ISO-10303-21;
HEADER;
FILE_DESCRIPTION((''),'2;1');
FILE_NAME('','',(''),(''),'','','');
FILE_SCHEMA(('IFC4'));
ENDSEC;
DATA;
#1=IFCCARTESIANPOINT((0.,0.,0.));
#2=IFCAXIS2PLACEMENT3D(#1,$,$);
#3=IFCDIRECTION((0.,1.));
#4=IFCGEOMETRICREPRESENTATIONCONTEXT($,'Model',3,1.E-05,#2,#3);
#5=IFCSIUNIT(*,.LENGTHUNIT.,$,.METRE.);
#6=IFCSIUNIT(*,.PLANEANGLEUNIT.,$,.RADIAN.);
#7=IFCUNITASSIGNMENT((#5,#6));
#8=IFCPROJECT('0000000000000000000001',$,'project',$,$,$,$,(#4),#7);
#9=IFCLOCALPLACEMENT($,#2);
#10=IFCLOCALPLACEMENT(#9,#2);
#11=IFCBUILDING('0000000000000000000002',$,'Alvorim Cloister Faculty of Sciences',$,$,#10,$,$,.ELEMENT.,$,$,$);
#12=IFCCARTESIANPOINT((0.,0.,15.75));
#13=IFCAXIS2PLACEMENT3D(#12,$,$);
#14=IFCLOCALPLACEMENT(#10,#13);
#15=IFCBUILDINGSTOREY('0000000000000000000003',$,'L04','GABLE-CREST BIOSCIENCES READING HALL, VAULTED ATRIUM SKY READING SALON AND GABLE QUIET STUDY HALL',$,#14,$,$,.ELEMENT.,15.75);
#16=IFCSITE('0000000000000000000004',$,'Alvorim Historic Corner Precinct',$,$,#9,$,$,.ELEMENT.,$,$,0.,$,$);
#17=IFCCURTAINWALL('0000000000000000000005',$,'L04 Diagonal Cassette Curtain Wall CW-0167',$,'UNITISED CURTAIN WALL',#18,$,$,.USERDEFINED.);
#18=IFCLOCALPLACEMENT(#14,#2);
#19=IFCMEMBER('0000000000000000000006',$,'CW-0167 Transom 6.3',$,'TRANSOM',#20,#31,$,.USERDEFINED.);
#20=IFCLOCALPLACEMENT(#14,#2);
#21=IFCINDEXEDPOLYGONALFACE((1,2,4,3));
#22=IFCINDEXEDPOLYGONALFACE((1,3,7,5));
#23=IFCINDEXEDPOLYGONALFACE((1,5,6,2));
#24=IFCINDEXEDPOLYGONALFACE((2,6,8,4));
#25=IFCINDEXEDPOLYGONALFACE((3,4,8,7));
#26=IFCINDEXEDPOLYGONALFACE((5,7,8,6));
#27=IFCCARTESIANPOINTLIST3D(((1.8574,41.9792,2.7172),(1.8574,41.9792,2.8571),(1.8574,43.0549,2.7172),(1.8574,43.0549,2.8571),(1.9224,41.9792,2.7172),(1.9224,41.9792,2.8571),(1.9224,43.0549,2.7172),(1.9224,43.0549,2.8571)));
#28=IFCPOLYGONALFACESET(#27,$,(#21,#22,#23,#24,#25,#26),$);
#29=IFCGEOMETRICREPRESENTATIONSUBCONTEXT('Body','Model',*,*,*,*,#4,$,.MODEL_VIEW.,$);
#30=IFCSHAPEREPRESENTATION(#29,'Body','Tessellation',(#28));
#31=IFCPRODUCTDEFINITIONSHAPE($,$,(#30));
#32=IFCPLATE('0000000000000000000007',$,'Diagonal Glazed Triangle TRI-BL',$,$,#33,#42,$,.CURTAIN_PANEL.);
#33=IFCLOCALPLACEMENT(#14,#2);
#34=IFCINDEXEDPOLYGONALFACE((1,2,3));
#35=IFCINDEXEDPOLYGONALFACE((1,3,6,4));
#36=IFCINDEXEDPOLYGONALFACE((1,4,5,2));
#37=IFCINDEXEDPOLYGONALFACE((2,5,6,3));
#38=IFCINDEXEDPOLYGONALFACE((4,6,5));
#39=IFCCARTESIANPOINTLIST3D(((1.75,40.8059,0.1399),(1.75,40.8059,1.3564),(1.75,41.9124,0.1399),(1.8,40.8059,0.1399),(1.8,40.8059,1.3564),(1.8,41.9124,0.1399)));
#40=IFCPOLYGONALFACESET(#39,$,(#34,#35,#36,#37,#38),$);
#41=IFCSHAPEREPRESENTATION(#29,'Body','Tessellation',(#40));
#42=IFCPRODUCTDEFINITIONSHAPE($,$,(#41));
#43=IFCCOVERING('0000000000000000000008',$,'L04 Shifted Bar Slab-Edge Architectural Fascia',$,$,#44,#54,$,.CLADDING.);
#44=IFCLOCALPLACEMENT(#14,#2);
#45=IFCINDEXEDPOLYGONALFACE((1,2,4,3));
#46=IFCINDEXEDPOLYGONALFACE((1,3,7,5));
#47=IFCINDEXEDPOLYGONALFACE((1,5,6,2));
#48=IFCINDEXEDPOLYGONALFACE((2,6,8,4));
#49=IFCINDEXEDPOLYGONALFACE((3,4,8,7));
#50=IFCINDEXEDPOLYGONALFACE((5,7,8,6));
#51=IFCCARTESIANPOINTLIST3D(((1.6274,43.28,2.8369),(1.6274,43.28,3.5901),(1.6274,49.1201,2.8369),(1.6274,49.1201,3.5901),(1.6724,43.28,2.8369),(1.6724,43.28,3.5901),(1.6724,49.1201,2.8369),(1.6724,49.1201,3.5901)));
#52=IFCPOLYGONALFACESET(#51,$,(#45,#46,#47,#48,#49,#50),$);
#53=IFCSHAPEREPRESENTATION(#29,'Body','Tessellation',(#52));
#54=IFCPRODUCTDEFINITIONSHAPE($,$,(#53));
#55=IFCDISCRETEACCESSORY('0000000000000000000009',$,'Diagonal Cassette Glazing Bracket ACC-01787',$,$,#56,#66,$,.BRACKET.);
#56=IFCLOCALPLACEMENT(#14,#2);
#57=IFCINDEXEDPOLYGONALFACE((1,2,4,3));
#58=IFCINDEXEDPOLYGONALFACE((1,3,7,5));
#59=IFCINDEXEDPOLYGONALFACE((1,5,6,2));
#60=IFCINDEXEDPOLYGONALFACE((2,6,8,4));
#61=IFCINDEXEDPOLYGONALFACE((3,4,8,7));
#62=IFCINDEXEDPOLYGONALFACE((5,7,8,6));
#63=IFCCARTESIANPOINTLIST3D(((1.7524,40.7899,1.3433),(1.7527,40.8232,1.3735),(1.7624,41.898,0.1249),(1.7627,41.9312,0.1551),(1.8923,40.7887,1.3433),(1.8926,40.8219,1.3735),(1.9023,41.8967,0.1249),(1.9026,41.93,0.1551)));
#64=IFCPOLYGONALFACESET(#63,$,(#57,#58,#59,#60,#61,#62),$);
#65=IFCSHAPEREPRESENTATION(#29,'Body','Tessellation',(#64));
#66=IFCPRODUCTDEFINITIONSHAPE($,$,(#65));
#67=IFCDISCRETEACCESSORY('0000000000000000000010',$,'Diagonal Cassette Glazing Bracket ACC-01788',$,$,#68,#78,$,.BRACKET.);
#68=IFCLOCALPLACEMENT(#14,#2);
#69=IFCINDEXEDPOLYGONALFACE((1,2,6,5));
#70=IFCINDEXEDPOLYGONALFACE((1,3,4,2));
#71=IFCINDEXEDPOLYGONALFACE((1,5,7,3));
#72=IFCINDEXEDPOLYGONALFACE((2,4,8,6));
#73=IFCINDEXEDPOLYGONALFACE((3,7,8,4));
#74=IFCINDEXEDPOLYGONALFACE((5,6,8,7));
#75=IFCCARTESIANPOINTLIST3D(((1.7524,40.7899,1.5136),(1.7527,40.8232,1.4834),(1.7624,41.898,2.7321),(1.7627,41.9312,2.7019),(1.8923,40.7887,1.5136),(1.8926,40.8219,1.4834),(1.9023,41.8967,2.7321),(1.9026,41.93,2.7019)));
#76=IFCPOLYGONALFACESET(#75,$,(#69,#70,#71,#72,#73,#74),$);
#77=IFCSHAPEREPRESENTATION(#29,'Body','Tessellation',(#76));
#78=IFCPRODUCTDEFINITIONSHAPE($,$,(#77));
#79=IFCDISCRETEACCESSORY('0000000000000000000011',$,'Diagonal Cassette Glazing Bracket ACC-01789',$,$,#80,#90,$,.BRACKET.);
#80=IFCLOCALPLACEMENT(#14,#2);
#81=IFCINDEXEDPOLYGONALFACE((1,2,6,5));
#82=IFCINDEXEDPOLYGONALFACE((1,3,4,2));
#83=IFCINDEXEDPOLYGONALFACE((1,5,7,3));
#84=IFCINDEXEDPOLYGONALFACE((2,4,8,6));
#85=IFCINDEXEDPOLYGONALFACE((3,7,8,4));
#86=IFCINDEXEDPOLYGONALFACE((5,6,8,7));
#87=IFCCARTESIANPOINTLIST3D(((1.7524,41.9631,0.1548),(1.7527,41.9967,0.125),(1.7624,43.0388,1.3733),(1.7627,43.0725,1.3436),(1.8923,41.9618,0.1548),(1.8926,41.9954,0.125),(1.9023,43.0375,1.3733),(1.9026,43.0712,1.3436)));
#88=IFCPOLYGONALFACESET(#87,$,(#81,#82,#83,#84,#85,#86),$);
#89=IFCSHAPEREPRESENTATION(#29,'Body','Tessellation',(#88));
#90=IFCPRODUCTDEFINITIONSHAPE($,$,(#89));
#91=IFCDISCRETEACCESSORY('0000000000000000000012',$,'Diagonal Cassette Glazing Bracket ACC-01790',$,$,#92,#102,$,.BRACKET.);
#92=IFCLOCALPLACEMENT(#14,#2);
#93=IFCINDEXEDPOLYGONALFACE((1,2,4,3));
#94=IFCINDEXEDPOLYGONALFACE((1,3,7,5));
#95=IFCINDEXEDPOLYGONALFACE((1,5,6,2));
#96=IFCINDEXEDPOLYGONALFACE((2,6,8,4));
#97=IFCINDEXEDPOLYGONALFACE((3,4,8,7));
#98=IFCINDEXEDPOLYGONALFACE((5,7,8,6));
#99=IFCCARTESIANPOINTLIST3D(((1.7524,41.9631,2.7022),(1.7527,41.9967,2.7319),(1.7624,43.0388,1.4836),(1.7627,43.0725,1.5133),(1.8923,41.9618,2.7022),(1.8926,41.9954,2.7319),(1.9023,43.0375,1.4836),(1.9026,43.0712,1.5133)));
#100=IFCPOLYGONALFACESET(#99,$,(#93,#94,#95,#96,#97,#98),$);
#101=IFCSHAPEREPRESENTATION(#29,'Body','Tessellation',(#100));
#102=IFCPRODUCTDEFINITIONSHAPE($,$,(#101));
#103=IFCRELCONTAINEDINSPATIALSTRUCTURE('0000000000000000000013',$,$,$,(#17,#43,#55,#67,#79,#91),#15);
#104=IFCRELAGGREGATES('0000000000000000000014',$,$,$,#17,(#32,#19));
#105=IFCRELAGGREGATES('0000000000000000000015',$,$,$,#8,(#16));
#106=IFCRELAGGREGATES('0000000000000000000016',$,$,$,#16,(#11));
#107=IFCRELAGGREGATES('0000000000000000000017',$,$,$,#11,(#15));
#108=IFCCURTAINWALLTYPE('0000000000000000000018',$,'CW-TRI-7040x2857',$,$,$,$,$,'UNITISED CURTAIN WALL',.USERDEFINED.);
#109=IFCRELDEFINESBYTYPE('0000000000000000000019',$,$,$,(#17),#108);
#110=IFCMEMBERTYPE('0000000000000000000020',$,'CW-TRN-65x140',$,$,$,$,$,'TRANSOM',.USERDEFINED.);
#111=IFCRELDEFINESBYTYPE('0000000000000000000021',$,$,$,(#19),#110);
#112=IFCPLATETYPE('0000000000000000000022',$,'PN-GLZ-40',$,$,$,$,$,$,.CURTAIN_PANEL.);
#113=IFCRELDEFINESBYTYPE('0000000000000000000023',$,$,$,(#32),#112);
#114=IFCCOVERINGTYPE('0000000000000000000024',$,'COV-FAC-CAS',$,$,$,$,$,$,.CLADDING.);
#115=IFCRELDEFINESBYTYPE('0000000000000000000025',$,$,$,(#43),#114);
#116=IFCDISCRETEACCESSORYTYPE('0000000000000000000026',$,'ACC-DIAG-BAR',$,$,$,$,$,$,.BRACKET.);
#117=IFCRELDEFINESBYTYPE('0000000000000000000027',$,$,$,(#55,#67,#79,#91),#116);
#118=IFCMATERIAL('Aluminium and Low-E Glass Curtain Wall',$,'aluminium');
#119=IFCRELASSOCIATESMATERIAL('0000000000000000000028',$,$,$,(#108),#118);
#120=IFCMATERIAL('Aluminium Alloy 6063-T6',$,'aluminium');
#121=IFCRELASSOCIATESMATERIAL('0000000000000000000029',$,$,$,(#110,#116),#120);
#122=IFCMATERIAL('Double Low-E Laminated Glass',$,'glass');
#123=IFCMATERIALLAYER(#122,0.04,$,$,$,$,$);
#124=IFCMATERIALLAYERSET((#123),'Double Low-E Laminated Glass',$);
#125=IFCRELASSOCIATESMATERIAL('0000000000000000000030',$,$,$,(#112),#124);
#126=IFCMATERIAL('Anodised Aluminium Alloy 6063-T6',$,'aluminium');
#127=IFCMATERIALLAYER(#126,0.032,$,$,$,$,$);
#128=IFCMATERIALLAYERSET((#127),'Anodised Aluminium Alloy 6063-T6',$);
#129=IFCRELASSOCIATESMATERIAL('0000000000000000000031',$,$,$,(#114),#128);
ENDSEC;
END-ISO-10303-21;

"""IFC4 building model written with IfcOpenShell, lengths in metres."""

from ifc_helpers import new_model, si_unit, direction, frame, origin, origin_2d, place, context, subcontext, project, spatial, polyline, rectangle, outline, extrude, material, layer, layer_set, material_profile, profile_set, type_object, element, aggregate, save


model = new_model("IFC4")

# Units and contexts
model_context = context("Model", 3, precision=1e-05, world=origin(), true_north=direction((0.0, 1.0)))
body_context = subcontext(model_context, "Body", "Model", "MODEL_VIEW")
ifc_project = project(units=[si_unit("LENGTHUNIT", "METRE"), si_unit("PLANEANGLEUNIT", "RADIAN")], contexts=[model_context])

# Site, building, storey
site_placement = place(None, origin())
site = spatial("IfcSite", under=ifc_project, at=site_placement, Name="Alvorim Historic Corner Precinct", CompositionType="ELEMENT", RefElevation=0.0)
building_placement = place(site_placement, origin())
building = spatial("IfcBuilding", under=site, at=building_placement, Name="Alvorim Cloister Faculty of Sciences", CompositionType="ELEMENT")
storey_placement = place(building_placement, frame((0.0, 0.0, 15.75)))
storey = spatial("IfcBuildingStorey", under=building, at=storey_placement, Name="L04", Description="GABLE-CREST BIOSCIENCES READING HALL, VAULTED ATRIUM SKY READING SALON AND GABLE QUIET STUDY HALL", CompositionType="ELEMENT", Elevation=15.75)

# Curtain wall
ifc_material_1 = material(Name="Aluminium and Low-E Glass Curtain Wall", Category="aluminium")
curtain_wall_type_1 = type_object("IfcCurtainWallType", Name="CW-TRI-7040x2857", ElementType="UNITISED CURTAIN WALL", PredefinedType="USERDEFINED", material=ifc_material_1)
curtain_wall_1_placement = place(storey_placement, origin())
curtain_wall_1 = element("IfcCurtainWall", 1, at=curtain_wall_1_placement, inside=storey, type_object=curtain_wall_type_1, Name="L04 Diagonal Cassette Curtain Wall CW-0167", ObjectType="UNITISED CURTAIN WALL", PredefinedType="USERDEFINED")
ifc_material_2 = material(Name="Aluminium Alloy 6063-T6", Category="aluminium")

# Member
ifc_material_profile_1 = material_profile(ifc_material_2, rectangle(XDim=0.0649, YDim=0.1399, at=origin_2d()), Name="ALU-TRN-65x140")
ifc_profile_set_1 = profile_set([ifc_material_profile_1], Name="Aluminium Alloy 6063-T6")
member_type_1 = type_object("IfcMemberType", Name="CW-TRN-65x140", ElementType="TRANSOM", PredefinedType="USERDEFINED", material=ifc_profile_set_1)
member_1_placement = place(storey_placement, frame((1.8899, 41.9792, 2.7871), z_axis=(0.0, 1.0, 0.0), x_axis=(-1.0, 0.0, 0.0)))
member_1 = element("IfcMember", 2, at=member_1_placement, type_object=member_type_1, Name="CW-0167 Transom 6.3", ObjectType="TRANSOM", PredefinedType="USERDEFINED", context=body_context, shape_type="SweptSolid", body=[
    extrude(rectangle(XDim=0.0649, YDim=0.1399, at=origin_2d()), origin(), (0.0, 0.0, 1.0), 1.0757),
])

# Plate
ifc_material_3 = material(Name="Double Low-E Laminated Glass", Category="glass")
ifc_layer_1 = layer(ifc_material_3, 0.04)
ifc_layer_set_1 = layer_set([ifc_layer_1], Name="Double Low-E Laminated Glass")
plate_type = type_object("IfcPlateType", Name="PN-GLZ-40", PredefinedType="CURTAIN_PANEL", material=ifc_layer_set_1)
plate_1_placement = place(storey_placement, frame((1.7749, 40.8059, 0.1399), z_axis=(0.0, 0.0, 1.0), x_axis=(0.0, 1.0, 0.0)))
plate_1 = element("IfcPlate", 3, at=plate_1_placement, type_object=plate_type, Name="Diagonal Glazed Triangle TRI-BL", PredefinedType="CURTAIN_PANEL", context=body_context, shape_type="SweptSolid", body=[
    extrude(outline(polyline([(0.0, 0.0), (1.1064, 0.0), (0.0, 1.2166), (0.0, 0.0)])), frame((0.0, 0.0249, 0.0), z_axis=(0.0, -1.0, 0.0), x_axis=(1.0, 0.0, 0.0)), (0.0, 0.0, 1.0), 0.05),
])
aggregate(curtain_wall_1, [plate_1, member_1])

# Covering
ifc_material_4 = material(Name="Anodised Aluminium Alloy 6063-T6", Category="aluminium")
ifc_layer_2 = layer(ifc_material_4, 0.032)
ifc_layer_set_2 = layer_set([ifc_layer_2], Name="Anodised Aluminium Alloy 6063-T6")
covering_type = type_object("IfcCoveringType", Name="COV-FAC-CAS", PredefinedType="CLADDING", material=ifc_layer_set_2)
covering_placement = place(storey_placement, frame((1.6499, 43.28, 2.8369), z_axis=(0.0, 0.0, 1.0), x_axis=(0.0, 1.0, 0.0)))
element("IfcCovering", 4, at=covering_placement, inside=storey, type_object=covering_type, Name="L04 Shifted Bar Slab-Edge Architectural Fascia", PredefinedType="CLADDING", context=body_context, shape_type="SweptSolid", body=[
    extrude(outline(polyline([(0.0, 0.0), (5.8401, 0.0), (5.8401, 0.7532), (0.0, 0.7532), (0.0, 0.0)])), frame((0.0, 0.0225, 0.0), z_axis=(0.0, -1.0, 0.0), x_axis=(1.0, 0.0, 0.0)), (0.0, 0.0, 1.0), 0.0449),
])

# Discrete accessories
discrete_accessory_type = type_object("IfcDiscreteAccessoryType", Name="ACC-DIAG-BAR", PredefinedType="BRACKET", material=ifc_material_2)
for number, where, z_axis, x_axis, name in (
    (5, (1.8225, 40.8059, 1.3584), (0.006077, 0.672801, -0.739799), (-0.999959, 0.009032, 0.0), "Diagonal Cassette Glazing Bracket ACC-01787"),
    (6, (1.8225, 40.8059, 1.4985), (0.006077, 0.672801, 0.739799), (-0.999959, 0.009032, 0.0), "Diagonal Cassette Glazing Bracket ACC-01788"),
):
    element("IfcDiscreteAccessory", number, at=place(storey_placement, frame(where, z_axis=z_axis, x_axis=x_axis)), inside=storey, type_object=discrete_accessory_type, Name=name, PredefinedType="BRACKET", context=body_context, shape_type="SweptSolid", body=[
        extrude(rectangle(XDim=0.1399, YDim=0.0449, at=origin_2d()), origin(), (0.0, 0.0, 1.0), 1.647),
    ])
for number, where, z_axis, x_axis, name in (
    (7, (1.8225, 41.9792, 0.1399), (0.006158, 0.661793, 0.749661), (-0.999957, 0.009305, 0.0), "Diagonal Cassette Glazing Bracket ACC-01789"),
    (8, (1.8225, 41.9792, 2.717), (0.006158, 0.661793, -0.749661), (-0.999957, 0.009305, 0.0), "Diagonal Cassette Glazing Bracket ACC-01790"),
):
    element("IfcDiscreteAccessory", number, at=place(storey_placement, frame(where, z_axis=z_axis, x_axis=x_axis)), inside=storey, type_object=discrete_accessory_type, Name=name, PredefinedType="BRACKET", context=body_context, shape_type="SweptSolid", body=[
        extrude(rectangle(XDim=0.1399, YDim=0.0449, at=origin_2d()), origin(), (0.0, 0.0, 1.0), 1.6255),
    ])

save(model, "model.ifc")
